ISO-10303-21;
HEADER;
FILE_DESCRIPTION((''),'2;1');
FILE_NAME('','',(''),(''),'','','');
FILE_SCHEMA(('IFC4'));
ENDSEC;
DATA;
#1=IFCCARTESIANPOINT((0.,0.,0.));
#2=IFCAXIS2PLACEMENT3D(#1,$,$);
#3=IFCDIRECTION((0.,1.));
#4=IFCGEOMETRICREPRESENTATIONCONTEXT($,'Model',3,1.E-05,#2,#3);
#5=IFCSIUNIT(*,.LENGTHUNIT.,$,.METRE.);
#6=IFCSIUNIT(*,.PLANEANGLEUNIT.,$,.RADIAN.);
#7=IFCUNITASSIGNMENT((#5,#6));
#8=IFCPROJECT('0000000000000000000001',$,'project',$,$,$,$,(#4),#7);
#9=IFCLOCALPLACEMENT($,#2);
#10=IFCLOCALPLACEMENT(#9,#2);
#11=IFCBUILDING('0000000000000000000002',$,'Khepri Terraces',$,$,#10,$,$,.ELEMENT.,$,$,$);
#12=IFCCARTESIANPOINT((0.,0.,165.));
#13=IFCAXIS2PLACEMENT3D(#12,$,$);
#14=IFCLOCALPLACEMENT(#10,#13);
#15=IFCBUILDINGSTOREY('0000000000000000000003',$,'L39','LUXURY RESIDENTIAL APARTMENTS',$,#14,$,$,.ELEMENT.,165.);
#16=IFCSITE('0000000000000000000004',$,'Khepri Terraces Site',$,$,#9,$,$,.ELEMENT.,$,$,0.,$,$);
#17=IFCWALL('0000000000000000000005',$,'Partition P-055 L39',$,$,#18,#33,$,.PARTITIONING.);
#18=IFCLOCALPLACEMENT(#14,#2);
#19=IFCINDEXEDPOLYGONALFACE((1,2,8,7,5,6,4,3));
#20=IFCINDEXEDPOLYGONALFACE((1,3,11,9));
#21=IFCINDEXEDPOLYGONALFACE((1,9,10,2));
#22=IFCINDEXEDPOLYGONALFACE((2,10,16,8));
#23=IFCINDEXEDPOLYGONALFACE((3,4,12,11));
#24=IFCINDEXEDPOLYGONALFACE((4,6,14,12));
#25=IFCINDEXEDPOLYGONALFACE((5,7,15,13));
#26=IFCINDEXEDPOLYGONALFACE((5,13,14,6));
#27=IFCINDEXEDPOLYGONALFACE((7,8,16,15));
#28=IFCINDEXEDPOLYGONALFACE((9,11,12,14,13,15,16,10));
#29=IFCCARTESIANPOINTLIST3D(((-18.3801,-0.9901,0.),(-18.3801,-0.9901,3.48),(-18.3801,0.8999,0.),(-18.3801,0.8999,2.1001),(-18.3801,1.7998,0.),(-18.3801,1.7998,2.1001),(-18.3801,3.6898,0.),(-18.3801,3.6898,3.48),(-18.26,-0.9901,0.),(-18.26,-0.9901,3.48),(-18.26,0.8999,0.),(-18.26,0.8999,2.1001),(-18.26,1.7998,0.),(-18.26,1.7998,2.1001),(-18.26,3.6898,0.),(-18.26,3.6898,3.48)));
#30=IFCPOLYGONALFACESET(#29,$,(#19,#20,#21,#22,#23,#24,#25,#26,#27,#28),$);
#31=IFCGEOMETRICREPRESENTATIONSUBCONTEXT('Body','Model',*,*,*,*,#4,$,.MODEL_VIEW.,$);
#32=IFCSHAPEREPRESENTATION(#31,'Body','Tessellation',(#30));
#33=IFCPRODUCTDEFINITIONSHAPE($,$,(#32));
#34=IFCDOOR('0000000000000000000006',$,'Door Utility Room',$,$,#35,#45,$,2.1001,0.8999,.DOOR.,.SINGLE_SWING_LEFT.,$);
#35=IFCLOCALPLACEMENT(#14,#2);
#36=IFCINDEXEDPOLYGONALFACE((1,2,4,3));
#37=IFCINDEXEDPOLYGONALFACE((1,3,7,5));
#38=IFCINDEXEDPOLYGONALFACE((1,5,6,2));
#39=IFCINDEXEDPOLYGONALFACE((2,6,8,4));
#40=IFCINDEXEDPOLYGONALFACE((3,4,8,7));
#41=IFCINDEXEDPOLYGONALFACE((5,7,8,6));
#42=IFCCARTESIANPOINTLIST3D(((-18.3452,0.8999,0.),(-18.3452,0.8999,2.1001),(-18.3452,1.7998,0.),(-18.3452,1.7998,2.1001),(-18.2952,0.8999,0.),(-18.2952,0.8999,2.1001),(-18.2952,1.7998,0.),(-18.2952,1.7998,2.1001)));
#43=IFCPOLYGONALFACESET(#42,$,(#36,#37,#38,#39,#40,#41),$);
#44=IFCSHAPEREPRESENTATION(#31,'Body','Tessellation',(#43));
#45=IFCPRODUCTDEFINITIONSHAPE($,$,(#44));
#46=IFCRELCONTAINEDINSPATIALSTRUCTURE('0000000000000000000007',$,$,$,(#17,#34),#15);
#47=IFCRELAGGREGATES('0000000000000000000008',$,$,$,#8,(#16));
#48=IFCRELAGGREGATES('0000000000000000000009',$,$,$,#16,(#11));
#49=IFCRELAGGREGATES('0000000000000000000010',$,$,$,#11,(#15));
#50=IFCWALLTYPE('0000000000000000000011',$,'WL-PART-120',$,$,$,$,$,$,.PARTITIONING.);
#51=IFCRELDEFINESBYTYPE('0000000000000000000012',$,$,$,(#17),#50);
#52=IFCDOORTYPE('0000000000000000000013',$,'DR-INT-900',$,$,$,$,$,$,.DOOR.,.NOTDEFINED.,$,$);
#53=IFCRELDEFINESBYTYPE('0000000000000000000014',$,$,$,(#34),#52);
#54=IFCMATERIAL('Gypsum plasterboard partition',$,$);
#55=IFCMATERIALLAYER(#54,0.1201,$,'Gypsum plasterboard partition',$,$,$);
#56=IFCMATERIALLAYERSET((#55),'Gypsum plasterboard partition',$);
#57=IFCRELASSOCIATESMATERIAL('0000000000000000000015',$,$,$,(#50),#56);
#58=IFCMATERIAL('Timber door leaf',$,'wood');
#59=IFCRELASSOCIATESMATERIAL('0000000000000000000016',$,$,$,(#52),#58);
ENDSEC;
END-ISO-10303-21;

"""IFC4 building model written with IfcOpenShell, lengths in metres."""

from ifc_helpers import new_model, si_unit, direction, frame, frame_2d, origin, place, context, subcontext, project, spatial, rectangle, extrude, material, layer, layer_set, type_object, element, fill, save


model = new_model("IFC4")

# Units and contexts
model_context = context("Model", 3, precision=1e-05, world=origin(), true_north=direction((0.0, 1.0)))
body_context = subcontext(model_context, "Body", "Model", "MODEL_VIEW")
ifc_project = project(units=[si_unit("LENGTHUNIT", "METRE"), si_unit("PLANEANGLEUNIT", "RADIAN")], contexts=[model_context])

# Site, building, storey
site_placement = place(None, origin())
site = spatial("IfcSite", under=ifc_project, at=site_placement, Name="Khepri Terraces Site", CompositionType="ELEMENT", RefElevation=0.0)
building_placement = place(site_placement, origin())
building = spatial("IfcBuilding", under=site, at=building_placement, Name="Khepri Terraces", CompositionType="ELEMENT")
storey_placement = place(building_placement, frame((0.0, 0.0, 165.0)))
storey = spatial("IfcBuildingStorey", under=building, at=storey_placement, Name="L39", Description="LUXURY RESIDENTIAL APARTMENTS", CompositionType="ELEMENT", Elevation=165.0)

# Wall, opening, door
ifc_material_1 = material(Name="Gypsum plasterboard partition")
ifc_layer_1 = layer(ifc_material_1, 0.1201, Name="Gypsum plasterboard partition")
ifc_layer_set_1 = layer_set([ifc_layer_1], Name="Gypsum plasterboard partition")
wall_type_1 = type_object("IfcWallType", Name="WL-PART-120", PredefinedType="PARTITIONING", material=ifc_layer_set_1)
wall_1_placement = place(storey_placement, frame((-18.3201, -0.99, 0.0), z_axis=(0.0, 0.0, 1.0), x_axis=(0.0, 1.0, 0.0)))
wall_1 = element("IfcWall", 1, at=wall_1_placement, inside=storey, type_object=wall_type_1, Name="Partition P-055 L39", PredefinedType="PARTITIONING", context=body_context, shape_type="SweptSolid", body=[
    extrude(rectangle(XDim=4.6799, YDim=0.1201, at=frame_2d((2.3398, 0.0))), origin(), (0.0, 0.0, 1.0), 3.48),
])
opening_1_placement = place(wall_1_placement, frame((1.8899, 0.0, 0.0)))
opening_1 = element("IfcOpeningElement", 2, at=opening_1_placement, cuts=wall_1, PredefinedType="OPENING", context=body_context, shape_type="SweptSolid", body=[
    extrude(rectangle(XDim=0.8999, YDim=2.1001, at=frame_2d((0.45, 1.05))), frame((0.0, 0.0701, 0.0), z_axis=(0.0, -1.0, 0.0), x_axis=(1.0, 0.0, 0.0)), (0.0, 0.0, 1.0), 0.1401),
])
ifc_material_2 = material(Name="Timber door leaf", Category="wood")
door_type_1 = type_object("IfcDoorType", Name="DR-INT-900", OperationType="NOTDEFINED", PredefinedType="DOOR", material=ifc_material_2)
door_1_placement = place(opening_1_placement, frame((0.8999, 0.0, 0.0), z_axis=(0.0, 0.0, 1.0), x_axis=(-1.0, 0.0, 0.0)))
door_1 = element("IfcDoor", 3, at=door_1_placement, inside=storey, type_object=door_type_1, Name="Door Utility Room", OperationType="SINGLE_SWING_LEFT", OverallHeight=2.1001, OverallWidth=0.8999, PredefinedType="DOOR", context=body_context, shape_type="SweptSolid", body=[
    extrude(rectangle(XDim=0.8999, YDim=2.1001, at=frame_2d((0.45, 1.05))), frame((0.0, 0.0249, 0.0), z_axis=(0.0, -1.0, 0.0), x_axis=(1.0, 0.0, 0.0)), (0.0, 0.0, 1.0), 0.05),
])
fill(opening_1, door_1)

save(model, "model.ifc")
